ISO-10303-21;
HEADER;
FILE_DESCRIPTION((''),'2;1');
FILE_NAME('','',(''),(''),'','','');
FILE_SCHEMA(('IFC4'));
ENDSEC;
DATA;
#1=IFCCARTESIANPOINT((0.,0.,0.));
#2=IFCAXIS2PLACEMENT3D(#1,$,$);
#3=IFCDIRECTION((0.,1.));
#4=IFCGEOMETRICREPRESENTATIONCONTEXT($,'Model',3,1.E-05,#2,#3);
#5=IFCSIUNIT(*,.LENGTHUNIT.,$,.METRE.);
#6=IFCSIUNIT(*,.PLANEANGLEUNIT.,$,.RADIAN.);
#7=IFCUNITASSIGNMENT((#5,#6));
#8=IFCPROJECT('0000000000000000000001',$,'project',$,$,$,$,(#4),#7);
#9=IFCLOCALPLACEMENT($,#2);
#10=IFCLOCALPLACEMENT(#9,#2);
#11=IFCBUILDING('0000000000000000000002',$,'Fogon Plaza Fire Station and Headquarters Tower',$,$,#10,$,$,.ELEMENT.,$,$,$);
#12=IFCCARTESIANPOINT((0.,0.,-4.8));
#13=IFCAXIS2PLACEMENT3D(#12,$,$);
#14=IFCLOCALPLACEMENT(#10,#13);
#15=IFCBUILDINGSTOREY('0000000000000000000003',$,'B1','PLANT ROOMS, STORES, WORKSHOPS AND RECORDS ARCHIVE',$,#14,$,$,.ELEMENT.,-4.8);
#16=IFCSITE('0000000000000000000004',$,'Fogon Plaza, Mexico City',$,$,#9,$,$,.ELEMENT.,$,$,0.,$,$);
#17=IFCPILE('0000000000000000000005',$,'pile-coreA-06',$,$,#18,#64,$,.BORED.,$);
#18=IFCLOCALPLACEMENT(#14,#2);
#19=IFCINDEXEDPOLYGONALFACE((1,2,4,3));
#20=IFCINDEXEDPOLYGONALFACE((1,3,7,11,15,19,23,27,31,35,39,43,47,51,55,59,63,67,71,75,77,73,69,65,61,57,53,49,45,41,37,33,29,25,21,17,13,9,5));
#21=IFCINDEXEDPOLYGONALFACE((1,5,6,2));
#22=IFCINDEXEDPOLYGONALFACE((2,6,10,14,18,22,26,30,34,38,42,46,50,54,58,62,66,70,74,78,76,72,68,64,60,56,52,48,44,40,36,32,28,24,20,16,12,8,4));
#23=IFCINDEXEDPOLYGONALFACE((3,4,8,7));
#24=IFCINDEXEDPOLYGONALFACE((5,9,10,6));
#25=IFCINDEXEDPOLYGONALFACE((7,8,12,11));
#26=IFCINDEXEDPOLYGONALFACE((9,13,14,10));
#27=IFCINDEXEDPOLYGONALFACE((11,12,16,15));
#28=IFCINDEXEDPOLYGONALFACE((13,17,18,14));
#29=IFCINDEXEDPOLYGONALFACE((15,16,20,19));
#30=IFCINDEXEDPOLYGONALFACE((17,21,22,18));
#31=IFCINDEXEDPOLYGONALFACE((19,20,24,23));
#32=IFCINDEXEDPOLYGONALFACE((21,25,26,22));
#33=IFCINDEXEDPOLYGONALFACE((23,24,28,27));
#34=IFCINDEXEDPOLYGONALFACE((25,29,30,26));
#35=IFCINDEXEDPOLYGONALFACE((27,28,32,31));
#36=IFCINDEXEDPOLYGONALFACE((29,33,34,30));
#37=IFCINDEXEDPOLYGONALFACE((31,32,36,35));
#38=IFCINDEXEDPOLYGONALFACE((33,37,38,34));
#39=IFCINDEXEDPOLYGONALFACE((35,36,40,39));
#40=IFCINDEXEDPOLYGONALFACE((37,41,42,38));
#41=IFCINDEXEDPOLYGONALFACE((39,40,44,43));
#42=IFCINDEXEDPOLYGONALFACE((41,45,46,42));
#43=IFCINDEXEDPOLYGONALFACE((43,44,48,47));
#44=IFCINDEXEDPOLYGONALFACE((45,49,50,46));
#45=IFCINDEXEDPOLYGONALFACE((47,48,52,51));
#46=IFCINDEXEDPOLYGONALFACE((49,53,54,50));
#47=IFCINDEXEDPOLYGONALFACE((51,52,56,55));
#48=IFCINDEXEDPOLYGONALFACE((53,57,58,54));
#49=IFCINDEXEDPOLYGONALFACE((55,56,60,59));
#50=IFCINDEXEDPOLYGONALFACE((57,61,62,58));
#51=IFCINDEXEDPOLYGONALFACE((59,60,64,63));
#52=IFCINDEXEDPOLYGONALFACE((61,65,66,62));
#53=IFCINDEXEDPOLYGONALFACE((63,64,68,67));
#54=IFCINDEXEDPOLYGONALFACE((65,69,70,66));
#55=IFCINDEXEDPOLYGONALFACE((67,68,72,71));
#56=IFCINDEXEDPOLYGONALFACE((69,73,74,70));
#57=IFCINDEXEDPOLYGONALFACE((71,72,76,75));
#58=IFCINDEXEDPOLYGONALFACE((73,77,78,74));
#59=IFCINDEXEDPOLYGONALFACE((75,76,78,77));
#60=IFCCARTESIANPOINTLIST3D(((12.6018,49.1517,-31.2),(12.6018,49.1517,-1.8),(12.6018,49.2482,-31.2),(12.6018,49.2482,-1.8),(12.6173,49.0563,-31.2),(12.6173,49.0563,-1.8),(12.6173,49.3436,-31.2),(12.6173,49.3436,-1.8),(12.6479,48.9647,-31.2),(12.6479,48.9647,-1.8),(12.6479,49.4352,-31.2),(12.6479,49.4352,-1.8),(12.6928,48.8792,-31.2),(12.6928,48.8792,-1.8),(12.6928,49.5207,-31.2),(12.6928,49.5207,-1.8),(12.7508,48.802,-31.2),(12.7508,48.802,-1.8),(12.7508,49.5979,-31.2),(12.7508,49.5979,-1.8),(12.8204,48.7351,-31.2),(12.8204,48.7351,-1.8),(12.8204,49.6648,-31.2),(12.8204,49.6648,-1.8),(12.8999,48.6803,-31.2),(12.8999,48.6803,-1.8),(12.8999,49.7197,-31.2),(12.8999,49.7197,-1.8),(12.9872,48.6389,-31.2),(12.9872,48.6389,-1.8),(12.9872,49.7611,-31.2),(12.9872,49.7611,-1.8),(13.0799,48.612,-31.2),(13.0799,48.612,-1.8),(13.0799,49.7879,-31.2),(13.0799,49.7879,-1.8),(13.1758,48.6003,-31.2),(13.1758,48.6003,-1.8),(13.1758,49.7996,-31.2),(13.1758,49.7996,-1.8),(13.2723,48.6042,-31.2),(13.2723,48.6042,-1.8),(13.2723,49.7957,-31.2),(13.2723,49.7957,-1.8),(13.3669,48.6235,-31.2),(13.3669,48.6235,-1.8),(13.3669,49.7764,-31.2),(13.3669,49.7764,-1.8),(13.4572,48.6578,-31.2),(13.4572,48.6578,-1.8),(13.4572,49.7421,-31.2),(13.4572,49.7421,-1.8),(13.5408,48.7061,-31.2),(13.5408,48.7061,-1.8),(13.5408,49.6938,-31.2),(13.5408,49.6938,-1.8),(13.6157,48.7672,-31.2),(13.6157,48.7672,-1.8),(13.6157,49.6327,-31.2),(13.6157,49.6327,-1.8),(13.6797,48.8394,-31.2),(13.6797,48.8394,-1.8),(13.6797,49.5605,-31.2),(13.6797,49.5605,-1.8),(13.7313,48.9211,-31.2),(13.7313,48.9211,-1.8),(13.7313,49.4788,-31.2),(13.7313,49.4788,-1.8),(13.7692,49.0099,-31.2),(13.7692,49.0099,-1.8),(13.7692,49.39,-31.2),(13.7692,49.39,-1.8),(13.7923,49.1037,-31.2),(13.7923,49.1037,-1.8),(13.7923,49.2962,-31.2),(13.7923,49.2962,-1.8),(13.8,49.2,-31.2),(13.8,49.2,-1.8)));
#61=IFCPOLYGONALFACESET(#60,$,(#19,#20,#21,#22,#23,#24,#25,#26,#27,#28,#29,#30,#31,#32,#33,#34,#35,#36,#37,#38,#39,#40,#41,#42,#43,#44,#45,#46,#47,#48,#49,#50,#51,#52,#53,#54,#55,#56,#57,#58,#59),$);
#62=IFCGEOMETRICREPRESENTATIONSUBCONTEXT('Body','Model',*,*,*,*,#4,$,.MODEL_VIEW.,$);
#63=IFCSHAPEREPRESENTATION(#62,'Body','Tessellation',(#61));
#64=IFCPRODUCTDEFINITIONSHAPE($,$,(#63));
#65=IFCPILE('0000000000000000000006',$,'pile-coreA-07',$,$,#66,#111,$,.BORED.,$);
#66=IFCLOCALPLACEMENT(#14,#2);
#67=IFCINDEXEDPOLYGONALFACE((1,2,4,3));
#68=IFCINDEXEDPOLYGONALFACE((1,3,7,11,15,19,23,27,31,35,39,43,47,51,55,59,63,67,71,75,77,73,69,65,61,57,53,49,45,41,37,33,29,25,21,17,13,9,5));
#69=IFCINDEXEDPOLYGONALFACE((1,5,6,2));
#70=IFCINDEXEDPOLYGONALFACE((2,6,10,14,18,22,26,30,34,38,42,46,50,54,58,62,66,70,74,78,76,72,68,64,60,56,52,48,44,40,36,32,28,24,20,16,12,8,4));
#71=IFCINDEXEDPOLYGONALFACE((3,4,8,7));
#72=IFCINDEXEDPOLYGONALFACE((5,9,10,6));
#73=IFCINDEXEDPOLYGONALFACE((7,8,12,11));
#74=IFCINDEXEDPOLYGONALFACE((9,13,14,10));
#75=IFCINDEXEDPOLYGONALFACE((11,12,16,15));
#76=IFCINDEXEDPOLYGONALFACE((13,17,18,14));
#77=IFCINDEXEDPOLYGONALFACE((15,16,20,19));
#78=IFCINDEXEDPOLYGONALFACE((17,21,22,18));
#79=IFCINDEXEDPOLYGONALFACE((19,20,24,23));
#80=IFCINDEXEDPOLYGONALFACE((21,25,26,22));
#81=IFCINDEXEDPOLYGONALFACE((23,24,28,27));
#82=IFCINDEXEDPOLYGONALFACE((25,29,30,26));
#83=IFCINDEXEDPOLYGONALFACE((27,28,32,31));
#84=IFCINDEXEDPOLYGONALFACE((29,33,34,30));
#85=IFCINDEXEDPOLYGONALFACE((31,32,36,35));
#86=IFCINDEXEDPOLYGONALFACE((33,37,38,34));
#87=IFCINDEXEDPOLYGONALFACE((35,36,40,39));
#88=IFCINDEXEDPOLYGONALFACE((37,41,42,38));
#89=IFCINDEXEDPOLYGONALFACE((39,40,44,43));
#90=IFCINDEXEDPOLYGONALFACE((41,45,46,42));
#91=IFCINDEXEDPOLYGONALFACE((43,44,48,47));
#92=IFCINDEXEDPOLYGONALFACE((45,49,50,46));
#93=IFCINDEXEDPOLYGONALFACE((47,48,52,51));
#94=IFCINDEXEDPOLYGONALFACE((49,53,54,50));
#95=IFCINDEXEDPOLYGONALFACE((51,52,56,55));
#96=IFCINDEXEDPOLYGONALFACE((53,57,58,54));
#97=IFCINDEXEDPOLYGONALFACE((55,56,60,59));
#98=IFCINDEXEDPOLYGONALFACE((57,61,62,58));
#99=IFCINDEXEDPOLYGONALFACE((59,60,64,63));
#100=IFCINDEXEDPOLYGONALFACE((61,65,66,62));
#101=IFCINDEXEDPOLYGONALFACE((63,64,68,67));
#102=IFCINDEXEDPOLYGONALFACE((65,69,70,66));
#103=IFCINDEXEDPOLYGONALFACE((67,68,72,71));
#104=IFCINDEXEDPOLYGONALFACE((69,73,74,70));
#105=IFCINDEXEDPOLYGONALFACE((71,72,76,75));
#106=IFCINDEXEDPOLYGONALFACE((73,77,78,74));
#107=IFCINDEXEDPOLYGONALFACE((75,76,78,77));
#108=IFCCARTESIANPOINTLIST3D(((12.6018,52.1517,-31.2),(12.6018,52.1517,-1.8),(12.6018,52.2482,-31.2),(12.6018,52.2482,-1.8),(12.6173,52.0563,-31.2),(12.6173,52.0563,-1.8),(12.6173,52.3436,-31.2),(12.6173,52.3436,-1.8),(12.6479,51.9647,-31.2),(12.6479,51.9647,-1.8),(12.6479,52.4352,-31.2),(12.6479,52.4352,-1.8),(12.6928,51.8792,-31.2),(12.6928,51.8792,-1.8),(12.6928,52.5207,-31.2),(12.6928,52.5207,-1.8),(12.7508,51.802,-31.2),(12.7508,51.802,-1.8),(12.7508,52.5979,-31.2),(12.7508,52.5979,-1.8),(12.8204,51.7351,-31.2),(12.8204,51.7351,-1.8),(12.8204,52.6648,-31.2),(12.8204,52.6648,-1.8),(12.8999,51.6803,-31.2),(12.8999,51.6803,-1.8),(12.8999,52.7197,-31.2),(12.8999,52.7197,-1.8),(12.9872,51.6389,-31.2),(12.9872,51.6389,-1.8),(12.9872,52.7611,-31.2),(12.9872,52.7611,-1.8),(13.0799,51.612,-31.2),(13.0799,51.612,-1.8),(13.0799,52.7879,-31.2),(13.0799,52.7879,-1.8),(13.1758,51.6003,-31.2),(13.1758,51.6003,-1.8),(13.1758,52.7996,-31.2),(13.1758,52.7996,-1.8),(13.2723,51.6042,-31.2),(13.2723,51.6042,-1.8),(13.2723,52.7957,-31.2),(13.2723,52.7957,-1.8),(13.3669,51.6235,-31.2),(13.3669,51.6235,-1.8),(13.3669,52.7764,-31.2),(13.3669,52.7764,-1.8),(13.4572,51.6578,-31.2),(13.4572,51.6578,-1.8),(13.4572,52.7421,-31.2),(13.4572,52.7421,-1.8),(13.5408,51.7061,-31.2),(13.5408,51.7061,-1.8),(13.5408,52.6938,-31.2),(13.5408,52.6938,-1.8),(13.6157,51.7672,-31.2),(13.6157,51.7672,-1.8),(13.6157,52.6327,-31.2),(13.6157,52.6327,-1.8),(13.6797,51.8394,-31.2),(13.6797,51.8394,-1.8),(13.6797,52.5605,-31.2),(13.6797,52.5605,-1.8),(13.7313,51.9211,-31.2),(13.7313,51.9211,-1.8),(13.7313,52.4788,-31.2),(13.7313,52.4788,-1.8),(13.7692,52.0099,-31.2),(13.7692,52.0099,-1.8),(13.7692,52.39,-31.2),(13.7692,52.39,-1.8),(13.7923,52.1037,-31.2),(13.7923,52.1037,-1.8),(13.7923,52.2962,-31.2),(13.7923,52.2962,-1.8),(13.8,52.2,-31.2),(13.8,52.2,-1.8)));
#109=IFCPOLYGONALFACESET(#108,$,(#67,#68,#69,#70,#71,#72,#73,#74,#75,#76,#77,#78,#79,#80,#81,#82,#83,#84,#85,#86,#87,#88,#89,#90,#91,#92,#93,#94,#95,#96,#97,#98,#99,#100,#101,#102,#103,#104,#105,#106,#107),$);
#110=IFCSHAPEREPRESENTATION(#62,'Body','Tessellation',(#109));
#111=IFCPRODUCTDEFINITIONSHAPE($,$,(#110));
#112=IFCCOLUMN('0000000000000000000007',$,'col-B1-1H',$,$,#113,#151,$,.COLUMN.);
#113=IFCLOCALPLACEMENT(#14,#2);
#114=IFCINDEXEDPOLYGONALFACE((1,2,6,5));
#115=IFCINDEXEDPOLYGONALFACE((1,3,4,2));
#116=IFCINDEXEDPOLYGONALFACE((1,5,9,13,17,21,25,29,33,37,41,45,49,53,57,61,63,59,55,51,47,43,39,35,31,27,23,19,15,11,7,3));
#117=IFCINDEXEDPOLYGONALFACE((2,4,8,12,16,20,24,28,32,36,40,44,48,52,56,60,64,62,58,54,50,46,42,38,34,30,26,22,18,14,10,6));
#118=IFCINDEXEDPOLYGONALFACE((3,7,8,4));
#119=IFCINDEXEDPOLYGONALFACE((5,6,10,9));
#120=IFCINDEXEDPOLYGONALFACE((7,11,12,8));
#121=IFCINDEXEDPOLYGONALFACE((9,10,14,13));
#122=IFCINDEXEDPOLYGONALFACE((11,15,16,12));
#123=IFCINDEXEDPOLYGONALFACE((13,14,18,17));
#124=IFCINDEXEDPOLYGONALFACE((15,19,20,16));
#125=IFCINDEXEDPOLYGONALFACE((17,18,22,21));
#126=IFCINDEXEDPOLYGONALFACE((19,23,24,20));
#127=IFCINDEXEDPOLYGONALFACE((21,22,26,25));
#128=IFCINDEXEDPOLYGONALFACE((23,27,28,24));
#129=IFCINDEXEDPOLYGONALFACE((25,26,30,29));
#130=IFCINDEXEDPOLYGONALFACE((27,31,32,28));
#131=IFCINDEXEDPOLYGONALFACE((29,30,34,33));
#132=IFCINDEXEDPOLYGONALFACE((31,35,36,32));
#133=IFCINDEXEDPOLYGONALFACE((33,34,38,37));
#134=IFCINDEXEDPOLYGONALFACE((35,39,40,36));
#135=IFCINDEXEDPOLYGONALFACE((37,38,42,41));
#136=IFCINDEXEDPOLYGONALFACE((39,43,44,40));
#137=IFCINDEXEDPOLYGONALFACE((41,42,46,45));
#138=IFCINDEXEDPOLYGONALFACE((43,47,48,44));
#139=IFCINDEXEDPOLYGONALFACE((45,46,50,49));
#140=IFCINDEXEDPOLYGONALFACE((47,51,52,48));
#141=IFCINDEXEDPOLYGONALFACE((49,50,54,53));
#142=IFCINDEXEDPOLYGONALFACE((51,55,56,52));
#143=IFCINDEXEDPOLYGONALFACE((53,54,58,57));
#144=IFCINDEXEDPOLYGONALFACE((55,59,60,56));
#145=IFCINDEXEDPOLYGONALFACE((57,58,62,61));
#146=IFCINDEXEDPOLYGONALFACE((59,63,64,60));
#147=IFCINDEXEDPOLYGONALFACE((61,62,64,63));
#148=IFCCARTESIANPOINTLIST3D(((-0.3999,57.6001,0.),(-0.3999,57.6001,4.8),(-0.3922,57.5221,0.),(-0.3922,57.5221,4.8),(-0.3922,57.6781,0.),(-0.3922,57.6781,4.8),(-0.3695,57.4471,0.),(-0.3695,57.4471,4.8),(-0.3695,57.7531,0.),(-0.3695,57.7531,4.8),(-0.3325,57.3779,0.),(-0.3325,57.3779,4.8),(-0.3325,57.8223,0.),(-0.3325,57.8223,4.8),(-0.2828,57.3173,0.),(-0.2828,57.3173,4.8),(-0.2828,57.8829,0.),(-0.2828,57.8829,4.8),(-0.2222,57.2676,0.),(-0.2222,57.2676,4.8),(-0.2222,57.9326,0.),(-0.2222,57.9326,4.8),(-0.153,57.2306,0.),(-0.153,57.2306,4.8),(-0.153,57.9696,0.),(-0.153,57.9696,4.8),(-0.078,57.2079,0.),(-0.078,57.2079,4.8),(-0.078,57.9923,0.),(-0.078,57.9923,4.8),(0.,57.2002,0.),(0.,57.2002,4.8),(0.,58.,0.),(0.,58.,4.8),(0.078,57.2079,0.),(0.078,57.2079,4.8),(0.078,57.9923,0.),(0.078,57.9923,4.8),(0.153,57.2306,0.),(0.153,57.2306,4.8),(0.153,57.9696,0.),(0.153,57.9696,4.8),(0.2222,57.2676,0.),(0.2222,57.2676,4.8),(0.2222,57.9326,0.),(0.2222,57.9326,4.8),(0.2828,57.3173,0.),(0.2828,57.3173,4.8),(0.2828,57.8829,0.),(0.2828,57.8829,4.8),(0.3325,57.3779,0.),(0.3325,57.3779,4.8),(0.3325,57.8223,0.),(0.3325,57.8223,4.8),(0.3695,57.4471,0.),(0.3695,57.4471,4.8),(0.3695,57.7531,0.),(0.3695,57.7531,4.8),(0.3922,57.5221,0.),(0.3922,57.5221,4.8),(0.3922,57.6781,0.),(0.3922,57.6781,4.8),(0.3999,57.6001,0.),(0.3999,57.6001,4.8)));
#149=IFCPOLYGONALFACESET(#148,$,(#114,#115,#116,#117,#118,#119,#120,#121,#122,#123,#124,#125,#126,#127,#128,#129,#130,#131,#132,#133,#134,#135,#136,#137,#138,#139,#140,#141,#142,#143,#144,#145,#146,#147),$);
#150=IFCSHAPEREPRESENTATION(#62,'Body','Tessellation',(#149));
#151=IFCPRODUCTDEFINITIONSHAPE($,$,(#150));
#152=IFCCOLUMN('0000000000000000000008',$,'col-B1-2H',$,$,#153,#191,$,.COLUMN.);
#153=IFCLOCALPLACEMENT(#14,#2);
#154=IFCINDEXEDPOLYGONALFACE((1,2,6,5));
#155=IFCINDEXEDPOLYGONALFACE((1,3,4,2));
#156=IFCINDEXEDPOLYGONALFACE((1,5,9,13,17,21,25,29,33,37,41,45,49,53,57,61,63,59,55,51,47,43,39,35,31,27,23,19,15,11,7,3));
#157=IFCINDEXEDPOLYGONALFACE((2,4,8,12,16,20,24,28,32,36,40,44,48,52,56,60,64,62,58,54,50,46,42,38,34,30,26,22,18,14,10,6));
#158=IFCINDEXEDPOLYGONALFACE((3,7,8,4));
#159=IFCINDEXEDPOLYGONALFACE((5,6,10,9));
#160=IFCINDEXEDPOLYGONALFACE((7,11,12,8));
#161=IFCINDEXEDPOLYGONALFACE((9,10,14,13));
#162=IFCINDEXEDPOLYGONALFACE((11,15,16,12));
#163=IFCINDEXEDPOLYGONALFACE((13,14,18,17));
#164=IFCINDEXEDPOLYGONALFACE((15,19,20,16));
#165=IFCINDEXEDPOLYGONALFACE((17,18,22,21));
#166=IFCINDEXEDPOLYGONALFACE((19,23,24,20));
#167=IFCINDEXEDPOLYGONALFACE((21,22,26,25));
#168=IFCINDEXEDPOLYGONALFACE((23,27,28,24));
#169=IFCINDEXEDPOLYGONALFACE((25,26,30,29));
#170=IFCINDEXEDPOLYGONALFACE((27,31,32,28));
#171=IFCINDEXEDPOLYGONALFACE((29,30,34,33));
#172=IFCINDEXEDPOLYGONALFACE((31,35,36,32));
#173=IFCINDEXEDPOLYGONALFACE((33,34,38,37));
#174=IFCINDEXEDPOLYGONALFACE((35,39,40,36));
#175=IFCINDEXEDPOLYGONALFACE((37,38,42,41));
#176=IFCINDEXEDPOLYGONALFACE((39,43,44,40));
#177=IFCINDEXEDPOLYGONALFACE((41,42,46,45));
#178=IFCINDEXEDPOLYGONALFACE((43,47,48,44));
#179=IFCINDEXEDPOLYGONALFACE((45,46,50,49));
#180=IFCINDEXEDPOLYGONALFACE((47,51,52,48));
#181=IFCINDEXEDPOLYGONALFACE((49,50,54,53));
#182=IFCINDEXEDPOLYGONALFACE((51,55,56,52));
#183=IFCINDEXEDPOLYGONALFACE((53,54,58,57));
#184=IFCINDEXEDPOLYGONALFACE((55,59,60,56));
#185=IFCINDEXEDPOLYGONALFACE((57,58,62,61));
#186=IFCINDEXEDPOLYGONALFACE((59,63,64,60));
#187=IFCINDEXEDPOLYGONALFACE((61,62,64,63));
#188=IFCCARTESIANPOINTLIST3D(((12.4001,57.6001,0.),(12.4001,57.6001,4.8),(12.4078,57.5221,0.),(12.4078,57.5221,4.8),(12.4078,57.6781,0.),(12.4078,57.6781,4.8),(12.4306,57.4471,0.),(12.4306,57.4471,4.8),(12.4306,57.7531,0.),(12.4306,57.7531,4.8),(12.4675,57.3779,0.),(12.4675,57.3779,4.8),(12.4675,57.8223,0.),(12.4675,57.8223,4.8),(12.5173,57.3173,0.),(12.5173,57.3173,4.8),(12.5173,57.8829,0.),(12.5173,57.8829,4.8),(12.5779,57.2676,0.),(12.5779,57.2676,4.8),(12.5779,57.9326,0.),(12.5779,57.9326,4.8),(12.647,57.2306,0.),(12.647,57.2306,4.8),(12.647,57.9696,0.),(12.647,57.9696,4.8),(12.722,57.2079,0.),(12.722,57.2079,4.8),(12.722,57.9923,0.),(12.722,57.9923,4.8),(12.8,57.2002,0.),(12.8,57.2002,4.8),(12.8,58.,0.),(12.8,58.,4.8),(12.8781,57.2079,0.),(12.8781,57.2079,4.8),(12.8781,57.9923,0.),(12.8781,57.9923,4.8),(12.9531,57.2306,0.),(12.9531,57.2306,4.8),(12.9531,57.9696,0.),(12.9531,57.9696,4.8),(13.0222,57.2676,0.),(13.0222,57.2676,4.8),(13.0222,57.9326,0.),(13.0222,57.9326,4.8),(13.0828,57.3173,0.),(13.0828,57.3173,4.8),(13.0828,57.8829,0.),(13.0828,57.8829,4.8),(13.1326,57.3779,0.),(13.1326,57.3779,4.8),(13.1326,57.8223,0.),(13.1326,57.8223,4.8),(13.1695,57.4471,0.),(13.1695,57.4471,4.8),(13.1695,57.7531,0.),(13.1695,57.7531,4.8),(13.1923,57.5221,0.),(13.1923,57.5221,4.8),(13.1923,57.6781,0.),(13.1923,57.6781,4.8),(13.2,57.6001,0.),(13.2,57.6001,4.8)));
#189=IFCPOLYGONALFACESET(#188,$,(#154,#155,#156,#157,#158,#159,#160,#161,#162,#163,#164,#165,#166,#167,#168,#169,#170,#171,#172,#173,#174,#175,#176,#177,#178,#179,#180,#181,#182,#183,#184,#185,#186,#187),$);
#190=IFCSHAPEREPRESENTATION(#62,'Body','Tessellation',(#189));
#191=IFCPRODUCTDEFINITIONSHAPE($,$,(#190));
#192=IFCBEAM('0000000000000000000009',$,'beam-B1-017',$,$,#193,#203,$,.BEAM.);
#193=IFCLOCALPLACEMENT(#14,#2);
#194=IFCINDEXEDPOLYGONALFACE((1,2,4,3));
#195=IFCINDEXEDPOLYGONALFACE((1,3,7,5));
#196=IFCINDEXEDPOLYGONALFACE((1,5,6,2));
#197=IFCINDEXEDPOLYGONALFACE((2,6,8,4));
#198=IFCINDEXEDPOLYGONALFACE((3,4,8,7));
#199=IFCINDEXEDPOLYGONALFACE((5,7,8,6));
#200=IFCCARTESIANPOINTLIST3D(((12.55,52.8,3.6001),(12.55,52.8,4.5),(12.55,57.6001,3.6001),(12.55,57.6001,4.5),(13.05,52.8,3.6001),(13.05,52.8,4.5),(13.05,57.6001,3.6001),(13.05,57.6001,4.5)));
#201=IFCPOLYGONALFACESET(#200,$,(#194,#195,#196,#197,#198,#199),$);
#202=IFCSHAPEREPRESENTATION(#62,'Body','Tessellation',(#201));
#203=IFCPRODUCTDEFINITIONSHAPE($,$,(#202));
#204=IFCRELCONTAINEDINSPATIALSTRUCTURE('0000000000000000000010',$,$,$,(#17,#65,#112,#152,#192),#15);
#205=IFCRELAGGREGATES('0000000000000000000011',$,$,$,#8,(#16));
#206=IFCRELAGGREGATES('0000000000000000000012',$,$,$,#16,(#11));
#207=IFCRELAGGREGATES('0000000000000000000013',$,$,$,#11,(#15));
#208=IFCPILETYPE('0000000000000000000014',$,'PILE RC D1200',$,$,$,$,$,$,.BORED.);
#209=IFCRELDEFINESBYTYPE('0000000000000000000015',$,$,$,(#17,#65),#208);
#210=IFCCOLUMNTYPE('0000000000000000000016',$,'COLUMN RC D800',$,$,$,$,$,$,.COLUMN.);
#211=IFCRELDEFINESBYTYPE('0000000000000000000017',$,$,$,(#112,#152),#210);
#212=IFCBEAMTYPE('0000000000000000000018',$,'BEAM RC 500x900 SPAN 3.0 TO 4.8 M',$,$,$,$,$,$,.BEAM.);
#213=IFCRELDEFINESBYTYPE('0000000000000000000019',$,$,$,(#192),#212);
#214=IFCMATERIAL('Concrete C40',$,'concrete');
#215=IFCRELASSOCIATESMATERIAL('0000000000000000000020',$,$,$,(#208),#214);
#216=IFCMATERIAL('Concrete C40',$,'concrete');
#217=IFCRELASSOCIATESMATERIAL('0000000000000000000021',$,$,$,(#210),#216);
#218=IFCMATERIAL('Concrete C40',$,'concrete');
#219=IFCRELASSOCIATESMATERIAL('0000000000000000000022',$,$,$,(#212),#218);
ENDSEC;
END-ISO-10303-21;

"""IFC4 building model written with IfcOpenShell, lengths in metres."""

from ifc_helpers import new_model, si_unit, direction, frame, origin, origin_2d, place, context, subcontext, project, spatial, rectangle, circle, extrude, material, material_profile, profile_set, type_object, element, save


model = new_model("IFC4")

# Units and contexts
model_context = context("Model", 3, precision=1e-05, world=origin(), true_north=direction((0.0, 1.0)))
body_context = subcontext(model_context, "Body", "Model", "MODEL_VIEW")
ifc_project = project(units=[si_unit("LENGTHUNIT", "METRE"), si_unit("PLANEANGLEUNIT", "RADIAN")], contexts=[model_context])

# Site, building, storey
site_placement = place(None, origin())
site = spatial("IfcSite", under=ifc_project, at=site_placement, Name="Fogon Plaza, Mexico City", CompositionType="ELEMENT", RefElevation=0.0)
building_placement = place(site_placement, origin())
building = spatial("IfcBuilding", under=site, at=building_placement, Name="Fogon Plaza Fire Station and Headquarters Tower", CompositionType="ELEMENT")
storey_placement = place(building_placement, frame((0.0, 0.0, -4.8)))
storey = spatial("IfcBuildingStorey", under=building, at=storey_placement, Name="B1", Description="PLANT ROOMS, STORES, WORKSHOPS AND RECORDS ARCHIVE", CompositionType="ELEMENT", Elevation=-4.8)

# Piles
ifc_material_1 = material(Name="Concrete C40", Category="concrete")
ifc_material_profile_1 = material_profile(ifc_material_1, circle(Radius=0.6001, at=origin_2d()), Name="RC D1200")
ifc_profile_set_1 = profile_set([ifc_material_profile_1], Name="Concrete C40")
pile_type_1 = type_object("IfcPileType", Name="PILE RC D1200", PredefinedType="BORED", material=ifc_profile_set_1)
for number, where, z_axis, x_axis, name in (
    (1, (13.2, 49.2, -1.8), (0.0, 0.0, -1.0), (1.0, 0.0, 0.0), "pile-coreA-06"),
    (2, (13.2, 52.2, -1.8), (0.0, 0.0, -1.0), (1.0, 0.0, 0.0), "pile-coreA-07"),
):
    element("IfcPile", number, at=place(storey_placement, frame(where, z_axis=z_axis, x_axis=x_axis)), inside=storey, type_object=pile_type_1, Name=name, PredefinedType="BORED", context=body_context, shape_type="SweptSolid", body=[
        extrude(circle(Radius=0.6001, at=origin_2d()), origin(), (0.0, 0.0, 1.0), 29.3999),
    ])

# Columns
ifc_material_2 = material(Name="Concrete C40", Category="concrete")
ifc_material_profile_2 = material_profile(ifc_material_2, circle(Radius=0.3999, at=origin_2d()), Name="RC D800")
ifc_profile_set_2 = profile_set([ifc_material_profile_2], Name="Concrete C40")
column_type = type_object("IfcColumnType", Name="COLUMN RC D800", PredefinedType="COLUMN", material=ifc_profile_set_2)
for number, where, z_axis, x_axis, name in (
    (3, (0.0, 57.6001, 0.0), (0.0, 0.0, 1.0), (1.0, 0.0, 0.0), "col-B1-1H"),
    (4, (12.8, 57.6001, 0.0), (0.0, 0.0, 1.0), (1.0, 0.0, 0.0), "col-B1-2H"),
):
    element("IfcColumn", number, at=place(storey_placement, frame(where, z_axis=z_axis, x_axis=x_axis)), inside=storey, type_object=column_type, Name=name, PredefinedType="COLUMN", context=body_context, shape_type="SweptSolid", body=[
        extrude(circle(Radius=0.3999, at=origin_2d()), origin(), (0.0, 0.0, 1.0), 4.8),
    ])

# Beam
ifc_material_3 = material(Name="Concrete C40", Category="concrete")
ifc_material_profile_3 = material_profile(ifc_material_3, rectangle(XDim=0.5, YDim=0.8999, at=origin_2d()), Name="RC 500x900")
ifc_profile_set_3 = profile_set([ifc_material_profile_3], Name="Concrete C40")
beam_type = type_object("IfcBeamType", Name="BEAM RC 500x900 SPAN 3.0 TO 4.8 M", PredefinedType="BEAM", material=ifc_profile_set_3)
beam_placement = place(storey_placement, frame((12.8, 52.8, 4.05), z_axis=(0.0, 1.0, 0.0), x_axis=(-1.0, 0.0, 0.0)))
element("IfcBeam", 5, at=beam_placement, inside=storey, type_object=beam_type, Name="beam-B1-017", PredefinedType="BEAM", context=body_context, shape_type="SweptSolid", body=[
    extrude(rectangle(XDim=0.5, YDim=0.8999, at=origin_2d()), origin(), (0.0, 0.0, 1.0), 4.8),
])

save(model, "model.ifc")
